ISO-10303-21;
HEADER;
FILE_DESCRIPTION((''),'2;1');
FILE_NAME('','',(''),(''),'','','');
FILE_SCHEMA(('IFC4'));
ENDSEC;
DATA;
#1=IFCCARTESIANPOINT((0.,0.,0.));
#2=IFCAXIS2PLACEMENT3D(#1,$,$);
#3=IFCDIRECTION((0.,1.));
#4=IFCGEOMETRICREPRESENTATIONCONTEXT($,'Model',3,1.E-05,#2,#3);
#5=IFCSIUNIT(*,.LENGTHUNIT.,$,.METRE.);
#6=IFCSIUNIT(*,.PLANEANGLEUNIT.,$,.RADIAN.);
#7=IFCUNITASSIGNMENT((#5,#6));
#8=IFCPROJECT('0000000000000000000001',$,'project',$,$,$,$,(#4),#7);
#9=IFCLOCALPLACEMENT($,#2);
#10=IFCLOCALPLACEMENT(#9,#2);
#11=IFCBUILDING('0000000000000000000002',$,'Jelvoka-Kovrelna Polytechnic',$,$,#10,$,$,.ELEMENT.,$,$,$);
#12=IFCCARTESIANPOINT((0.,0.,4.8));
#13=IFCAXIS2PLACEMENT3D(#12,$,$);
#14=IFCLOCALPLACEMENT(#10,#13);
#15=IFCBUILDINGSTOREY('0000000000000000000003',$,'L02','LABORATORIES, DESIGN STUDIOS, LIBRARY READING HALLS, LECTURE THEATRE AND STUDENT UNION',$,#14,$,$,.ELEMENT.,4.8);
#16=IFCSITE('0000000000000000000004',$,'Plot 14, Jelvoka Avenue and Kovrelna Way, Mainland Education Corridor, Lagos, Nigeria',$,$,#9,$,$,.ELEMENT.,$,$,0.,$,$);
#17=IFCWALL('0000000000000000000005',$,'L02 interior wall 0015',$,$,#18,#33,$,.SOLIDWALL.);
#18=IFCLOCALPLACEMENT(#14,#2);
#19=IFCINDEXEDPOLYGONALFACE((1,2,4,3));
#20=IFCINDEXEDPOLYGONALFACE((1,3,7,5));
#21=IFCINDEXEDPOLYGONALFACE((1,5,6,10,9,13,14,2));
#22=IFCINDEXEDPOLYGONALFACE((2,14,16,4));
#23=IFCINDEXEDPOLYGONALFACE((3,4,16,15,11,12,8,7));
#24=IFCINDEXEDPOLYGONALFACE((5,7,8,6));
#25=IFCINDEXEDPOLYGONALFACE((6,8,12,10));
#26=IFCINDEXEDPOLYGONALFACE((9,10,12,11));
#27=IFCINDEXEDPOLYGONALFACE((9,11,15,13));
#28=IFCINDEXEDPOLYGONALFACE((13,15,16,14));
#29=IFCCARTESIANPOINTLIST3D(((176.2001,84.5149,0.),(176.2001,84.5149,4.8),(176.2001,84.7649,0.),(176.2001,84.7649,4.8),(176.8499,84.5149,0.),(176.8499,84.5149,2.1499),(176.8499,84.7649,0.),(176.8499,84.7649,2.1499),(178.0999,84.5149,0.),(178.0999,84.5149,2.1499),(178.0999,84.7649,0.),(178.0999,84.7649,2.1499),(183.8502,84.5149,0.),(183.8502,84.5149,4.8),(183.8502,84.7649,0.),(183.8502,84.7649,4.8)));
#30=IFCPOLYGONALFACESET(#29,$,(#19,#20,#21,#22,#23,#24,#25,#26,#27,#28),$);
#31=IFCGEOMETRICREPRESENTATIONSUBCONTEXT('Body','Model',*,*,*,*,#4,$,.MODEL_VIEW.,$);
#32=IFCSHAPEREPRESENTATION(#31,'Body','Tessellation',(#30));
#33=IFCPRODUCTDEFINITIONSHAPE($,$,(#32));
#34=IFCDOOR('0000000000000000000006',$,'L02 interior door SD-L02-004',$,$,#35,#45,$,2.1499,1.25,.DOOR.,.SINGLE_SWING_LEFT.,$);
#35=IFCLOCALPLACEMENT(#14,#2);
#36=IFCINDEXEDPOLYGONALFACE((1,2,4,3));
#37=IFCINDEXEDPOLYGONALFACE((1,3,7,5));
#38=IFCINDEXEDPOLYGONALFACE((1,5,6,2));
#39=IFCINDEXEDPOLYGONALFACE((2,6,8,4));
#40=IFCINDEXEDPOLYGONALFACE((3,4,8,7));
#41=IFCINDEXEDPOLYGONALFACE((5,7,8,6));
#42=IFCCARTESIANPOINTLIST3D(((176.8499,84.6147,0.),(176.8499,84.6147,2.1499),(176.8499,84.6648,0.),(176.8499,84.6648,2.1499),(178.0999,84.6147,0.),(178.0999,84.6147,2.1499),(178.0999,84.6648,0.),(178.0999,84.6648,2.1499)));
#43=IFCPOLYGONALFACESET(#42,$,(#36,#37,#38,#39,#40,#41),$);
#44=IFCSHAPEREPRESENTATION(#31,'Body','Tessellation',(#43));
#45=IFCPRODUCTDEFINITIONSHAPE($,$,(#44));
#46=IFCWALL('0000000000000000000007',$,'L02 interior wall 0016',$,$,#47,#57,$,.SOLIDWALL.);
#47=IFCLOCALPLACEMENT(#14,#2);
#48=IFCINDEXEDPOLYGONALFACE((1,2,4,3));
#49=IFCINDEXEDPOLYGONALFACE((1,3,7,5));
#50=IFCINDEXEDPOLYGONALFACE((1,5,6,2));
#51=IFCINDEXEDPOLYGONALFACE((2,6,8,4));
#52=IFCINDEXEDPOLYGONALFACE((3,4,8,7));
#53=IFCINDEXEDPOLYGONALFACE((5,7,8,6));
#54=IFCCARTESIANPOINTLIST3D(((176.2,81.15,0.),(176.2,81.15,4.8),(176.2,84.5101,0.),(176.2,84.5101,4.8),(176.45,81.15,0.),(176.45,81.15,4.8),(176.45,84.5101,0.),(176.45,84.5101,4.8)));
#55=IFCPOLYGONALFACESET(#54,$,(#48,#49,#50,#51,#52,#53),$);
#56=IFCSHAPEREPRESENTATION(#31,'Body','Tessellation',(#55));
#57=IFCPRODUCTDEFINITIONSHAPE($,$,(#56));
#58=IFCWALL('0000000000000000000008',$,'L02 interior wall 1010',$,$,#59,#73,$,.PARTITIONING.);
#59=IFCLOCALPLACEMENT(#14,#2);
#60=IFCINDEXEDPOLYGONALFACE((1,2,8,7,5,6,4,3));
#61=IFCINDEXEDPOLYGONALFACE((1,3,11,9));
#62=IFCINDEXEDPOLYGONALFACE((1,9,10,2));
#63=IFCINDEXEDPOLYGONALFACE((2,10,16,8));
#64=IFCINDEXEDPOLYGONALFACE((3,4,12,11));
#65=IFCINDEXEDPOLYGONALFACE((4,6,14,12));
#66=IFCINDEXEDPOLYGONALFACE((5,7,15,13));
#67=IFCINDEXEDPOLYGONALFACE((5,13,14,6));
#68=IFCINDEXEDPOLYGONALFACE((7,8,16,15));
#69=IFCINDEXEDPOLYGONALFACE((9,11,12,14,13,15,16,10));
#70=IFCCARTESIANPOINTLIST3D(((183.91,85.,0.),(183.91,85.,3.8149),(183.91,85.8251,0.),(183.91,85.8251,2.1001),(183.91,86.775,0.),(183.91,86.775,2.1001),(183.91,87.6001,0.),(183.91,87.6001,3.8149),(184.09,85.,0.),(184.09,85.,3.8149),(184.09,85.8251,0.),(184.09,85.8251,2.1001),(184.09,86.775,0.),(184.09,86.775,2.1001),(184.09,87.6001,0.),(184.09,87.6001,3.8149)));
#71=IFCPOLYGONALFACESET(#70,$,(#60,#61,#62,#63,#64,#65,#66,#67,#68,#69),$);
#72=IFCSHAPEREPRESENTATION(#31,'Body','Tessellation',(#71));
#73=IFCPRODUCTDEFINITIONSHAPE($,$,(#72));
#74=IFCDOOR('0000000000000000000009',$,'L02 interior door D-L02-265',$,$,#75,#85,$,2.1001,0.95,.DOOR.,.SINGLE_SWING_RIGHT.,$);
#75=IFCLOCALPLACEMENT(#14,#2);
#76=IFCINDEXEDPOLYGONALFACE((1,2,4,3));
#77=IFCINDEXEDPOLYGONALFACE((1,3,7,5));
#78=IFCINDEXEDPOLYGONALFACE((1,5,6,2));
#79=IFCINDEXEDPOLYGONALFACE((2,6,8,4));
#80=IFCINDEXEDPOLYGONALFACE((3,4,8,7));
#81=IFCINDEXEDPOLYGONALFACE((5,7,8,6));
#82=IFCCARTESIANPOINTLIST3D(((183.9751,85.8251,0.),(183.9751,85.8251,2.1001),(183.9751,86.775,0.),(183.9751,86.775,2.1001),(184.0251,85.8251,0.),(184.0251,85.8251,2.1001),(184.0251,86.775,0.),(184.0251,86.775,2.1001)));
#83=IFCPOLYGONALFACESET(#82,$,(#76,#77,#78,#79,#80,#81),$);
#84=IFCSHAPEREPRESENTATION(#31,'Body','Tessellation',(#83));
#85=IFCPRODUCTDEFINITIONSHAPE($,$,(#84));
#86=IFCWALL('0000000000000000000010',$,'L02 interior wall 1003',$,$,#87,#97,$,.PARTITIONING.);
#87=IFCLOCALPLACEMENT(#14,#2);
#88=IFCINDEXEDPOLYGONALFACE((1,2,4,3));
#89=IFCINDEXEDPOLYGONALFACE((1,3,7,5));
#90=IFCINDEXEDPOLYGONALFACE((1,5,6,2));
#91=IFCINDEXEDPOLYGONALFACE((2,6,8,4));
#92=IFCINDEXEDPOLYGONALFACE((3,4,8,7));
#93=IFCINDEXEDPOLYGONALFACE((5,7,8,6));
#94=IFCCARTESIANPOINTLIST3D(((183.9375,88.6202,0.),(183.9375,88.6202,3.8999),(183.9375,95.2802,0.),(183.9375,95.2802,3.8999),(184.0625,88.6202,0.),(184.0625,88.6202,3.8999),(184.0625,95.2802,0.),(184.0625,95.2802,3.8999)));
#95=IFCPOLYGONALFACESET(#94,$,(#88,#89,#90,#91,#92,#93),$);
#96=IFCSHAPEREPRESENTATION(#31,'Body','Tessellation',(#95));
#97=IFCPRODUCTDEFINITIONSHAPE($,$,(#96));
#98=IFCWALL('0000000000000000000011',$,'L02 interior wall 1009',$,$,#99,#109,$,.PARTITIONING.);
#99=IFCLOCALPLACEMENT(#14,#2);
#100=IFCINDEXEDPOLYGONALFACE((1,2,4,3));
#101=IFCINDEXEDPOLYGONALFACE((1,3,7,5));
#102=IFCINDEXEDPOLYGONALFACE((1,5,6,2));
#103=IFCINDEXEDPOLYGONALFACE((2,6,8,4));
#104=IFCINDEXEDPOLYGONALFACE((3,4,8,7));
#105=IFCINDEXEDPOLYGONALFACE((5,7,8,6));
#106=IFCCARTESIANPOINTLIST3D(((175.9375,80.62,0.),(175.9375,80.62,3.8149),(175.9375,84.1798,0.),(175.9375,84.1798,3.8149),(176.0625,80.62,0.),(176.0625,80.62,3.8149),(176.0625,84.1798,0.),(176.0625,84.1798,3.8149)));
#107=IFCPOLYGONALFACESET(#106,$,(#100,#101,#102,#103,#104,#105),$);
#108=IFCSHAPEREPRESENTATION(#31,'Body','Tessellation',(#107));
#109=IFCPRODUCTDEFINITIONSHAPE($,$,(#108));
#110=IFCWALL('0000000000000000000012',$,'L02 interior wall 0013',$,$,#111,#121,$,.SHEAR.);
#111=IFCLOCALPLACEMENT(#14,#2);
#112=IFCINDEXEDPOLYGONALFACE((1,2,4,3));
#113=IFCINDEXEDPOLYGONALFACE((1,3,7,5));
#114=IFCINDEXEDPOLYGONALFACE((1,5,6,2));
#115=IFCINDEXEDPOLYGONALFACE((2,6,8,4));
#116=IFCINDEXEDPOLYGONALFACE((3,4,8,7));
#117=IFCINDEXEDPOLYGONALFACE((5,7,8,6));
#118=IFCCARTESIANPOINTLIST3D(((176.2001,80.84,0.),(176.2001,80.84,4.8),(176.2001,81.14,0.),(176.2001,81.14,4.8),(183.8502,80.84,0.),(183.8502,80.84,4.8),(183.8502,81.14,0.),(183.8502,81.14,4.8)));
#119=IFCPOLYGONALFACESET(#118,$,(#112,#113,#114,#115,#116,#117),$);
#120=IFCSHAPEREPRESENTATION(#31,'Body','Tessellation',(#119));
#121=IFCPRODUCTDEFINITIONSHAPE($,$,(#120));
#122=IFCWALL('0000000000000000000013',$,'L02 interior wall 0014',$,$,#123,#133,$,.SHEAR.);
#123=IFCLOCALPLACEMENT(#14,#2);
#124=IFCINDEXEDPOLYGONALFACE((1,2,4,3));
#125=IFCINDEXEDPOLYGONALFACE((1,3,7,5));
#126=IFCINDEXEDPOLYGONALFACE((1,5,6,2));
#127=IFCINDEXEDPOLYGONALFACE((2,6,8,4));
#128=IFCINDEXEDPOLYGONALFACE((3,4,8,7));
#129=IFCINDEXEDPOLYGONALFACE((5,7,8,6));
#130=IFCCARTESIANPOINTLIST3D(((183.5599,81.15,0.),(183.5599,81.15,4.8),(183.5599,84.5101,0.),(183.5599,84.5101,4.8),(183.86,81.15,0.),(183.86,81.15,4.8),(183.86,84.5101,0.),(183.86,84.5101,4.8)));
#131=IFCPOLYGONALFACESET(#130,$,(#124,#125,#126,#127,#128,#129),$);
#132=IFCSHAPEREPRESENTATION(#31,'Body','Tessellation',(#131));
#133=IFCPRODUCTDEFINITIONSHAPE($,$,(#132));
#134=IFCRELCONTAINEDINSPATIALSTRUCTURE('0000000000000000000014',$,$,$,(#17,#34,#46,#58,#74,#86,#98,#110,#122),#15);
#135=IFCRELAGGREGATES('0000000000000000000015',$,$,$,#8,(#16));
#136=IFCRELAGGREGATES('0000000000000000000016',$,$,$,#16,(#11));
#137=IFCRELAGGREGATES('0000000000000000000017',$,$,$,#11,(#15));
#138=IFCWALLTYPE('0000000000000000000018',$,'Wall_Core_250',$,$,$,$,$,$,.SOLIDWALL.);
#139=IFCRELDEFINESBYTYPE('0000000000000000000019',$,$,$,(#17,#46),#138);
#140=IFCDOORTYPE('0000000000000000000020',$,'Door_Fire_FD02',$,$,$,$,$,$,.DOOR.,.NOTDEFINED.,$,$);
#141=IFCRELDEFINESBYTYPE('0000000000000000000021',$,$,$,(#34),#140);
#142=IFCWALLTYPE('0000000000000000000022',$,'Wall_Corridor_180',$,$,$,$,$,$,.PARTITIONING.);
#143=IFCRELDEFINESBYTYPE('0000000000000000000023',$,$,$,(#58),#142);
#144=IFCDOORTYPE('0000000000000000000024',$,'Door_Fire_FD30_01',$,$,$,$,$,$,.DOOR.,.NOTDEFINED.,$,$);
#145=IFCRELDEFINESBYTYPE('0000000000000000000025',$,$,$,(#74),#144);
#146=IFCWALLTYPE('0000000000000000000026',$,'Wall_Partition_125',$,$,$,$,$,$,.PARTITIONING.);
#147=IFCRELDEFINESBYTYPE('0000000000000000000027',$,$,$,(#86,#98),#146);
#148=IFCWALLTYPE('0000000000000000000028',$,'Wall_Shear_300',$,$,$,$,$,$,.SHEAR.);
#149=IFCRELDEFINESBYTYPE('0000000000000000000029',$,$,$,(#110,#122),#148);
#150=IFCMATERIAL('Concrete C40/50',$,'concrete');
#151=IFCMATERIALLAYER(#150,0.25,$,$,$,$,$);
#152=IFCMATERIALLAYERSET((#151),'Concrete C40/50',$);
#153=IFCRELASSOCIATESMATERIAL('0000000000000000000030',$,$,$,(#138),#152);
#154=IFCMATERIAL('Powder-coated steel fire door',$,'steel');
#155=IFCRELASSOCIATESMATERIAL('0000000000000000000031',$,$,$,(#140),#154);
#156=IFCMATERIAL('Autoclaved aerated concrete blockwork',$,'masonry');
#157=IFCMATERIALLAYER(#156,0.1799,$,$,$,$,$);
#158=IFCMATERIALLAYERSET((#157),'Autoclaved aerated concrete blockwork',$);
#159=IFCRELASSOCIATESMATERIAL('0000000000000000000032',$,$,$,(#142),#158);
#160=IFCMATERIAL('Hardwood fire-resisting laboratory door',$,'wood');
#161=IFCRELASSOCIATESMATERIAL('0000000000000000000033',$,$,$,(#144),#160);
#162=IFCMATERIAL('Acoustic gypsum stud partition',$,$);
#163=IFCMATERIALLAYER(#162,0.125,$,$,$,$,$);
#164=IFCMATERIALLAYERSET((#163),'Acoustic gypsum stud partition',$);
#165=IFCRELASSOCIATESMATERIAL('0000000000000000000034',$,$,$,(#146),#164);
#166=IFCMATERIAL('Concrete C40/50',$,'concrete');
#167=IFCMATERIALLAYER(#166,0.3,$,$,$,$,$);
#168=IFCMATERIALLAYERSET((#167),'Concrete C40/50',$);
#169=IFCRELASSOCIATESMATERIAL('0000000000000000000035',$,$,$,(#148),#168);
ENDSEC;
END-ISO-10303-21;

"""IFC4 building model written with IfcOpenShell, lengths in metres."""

from ifc_helpers import new_model, si_unit, direction, frame, frame_2d, origin, place, context, subcontext, project, spatial, rectangle, extrude, material, layer, layer_set, type_object, element, fill, save


model = new_model("IFC4")

# Units and contexts
model_context = context("Model", 3, precision=1e-05, world=origin(), true_north=direction((0.0, 1.0)))
body_context = subcontext(model_context, "Body", "Model", "MODEL_VIEW")
ifc_project = project(units=[si_unit("LENGTHUNIT", "METRE"), si_unit("PLANEANGLEUNIT", "RADIAN")], contexts=[model_context])

# Site, building, storey
site_placement = place(None, origin())
site = spatial("IfcSite", under=ifc_project, at=site_placement, Name="Plot 14, Jelvoka Avenue and Kovrelna Way, Mainland Education Corridor, Lagos, Nigeria", CompositionType="ELEMENT", RefElevation=0.0)
building_placement = place(site_placement, origin())
building = spatial("IfcBuilding", under=site, at=building_placement, Name="Jelvoka-Kovrelna Polytechnic", CompositionType="ELEMENT")
storey_placement = place(building_placement, frame((0.0, 0.0, 4.8)))
storey = spatial("IfcBuildingStorey", under=building, at=storey_placement, Name="L02", Description="LABORATORIES, DESIGN STUDIOS, LIBRARY READING HALLS, LECTURE THEATRE AND STUDENT UNION", CompositionType="ELEMENT", Elevation=4.8)

# Wall, opening, door
ifc_material_1 = material(Name="Concrete C40/50", Category="concrete")
ifc_layer_1 = layer(ifc_material_1, 0.25)
ifc_layer_set_1 = layer_set([ifc_layer_1], Name="Concrete C40/50")
wall_type_1 = type_object("IfcWallType", Name="Wall_Core_250", PredefinedType="SOLIDWALL", material=ifc_layer_set_1)
wall_1_placement = place(storey_placement, frame((176.2, 84.6399, 0.0), z_axis=(0.0, 0.0, 1.0), x_axis=(1.0, 0.0, 0.0)))
wall_1 = element("IfcWall", 1, at=wall_1_placement, inside=storey, type_object=wall_type_1, Name="L02 interior wall 0015", PredefinedType="SOLIDWALL", context=body_context, shape_type="SweptSolid", body=[
    extrude(rectangle(XDim=7.6501, YDim=0.25, at=frame_2d((3.8252, 0.0))), origin(), (0.0, 0.0, 1.0), 4.8),
])
opening_1_placement = place(wall_1_placement, frame((0.6499, 0.0, 0.0)))
opening_1 = element("IfcOpeningElement", 2, at=opening_1_placement, cuts=wall_1, PredefinedType="OPENING", context=body_context, shape_type="SweptSolid", body=[
    extrude(rectangle(XDim=1.25, YDim=2.1499, at=frame_2d((0.625, 1.075))), frame((0.0, 0.135, 0.0), z_axis=(0.0, -1.0, 0.0), x_axis=(1.0, 0.0, 0.0)), (0.0, 0.0, 1.0), 0.27),
])
ifc_material_2 = material(Name="Powder-coated steel fire door", Category="steel")
door_type_1 = type_object("IfcDoorType", Name="Door_Fire_FD02", OperationType="NOTDEFINED", PredefinedType="DOOR", material=ifc_material_2)
door_1_placement = place(opening_1_placement, origin())
door_1 = element("IfcDoor", 3, at=door_1_placement, inside=storey, type_object=door_type_1, Name="L02 interior door SD-L02-004", OperationType="SINGLE_SWING_LEFT", OverallHeight=2.1499, OverallWidth=1.25, PredefinedType="DOOR", context=body_context, shape_type="SweptSolid", body=[
    extrude(rectangle(XDim=1.25, YDim=2.1499, at=frame_2d((0.625, 1.075))), frame((0.0, 0.0249, 0.0), z_axis=(0.0, -1.0, 0.0), x_axis=(1.0, 0.0, 0.0)), (0.0, 0.0, 1.0), 0.05),
])
fill(opening_1, door_1)

# Wall
wall_2_placement = place(storey_placement, frame((176.325, 81.1499, 0.0), z_axis=(0.0, 0.0, 1.0), x_axis=(0.0, 1.0, 0.0)))
element("IfcWall", 4, at=wall_2_placement, inside=storey, type_object=wall_type_1, Name="L02 interior wall 0016", PredefinedType="SOLIDWALL", context=body_context, shape_type="SweptSolid", body=[
    extrude(rectangle(XDim=3.3601, YDim=0.25, at=frame_2d((1.6802, 0.0))), origin(), (0.0, 0.0, 1.0), 4.8),
])

# Wall, opening, door
ifc_material_3 = material(Name="Autoclaved aerated concrete blockwork", Category="masonry")
ifc_layer_2 = layer(ifc_material_3, 0.1799)
ifc_layer_set_2 = layer_set([ifc_layer_2], Name="Autoclaved aerated concrete blockwork")
wall_type_2 = type_object("IfcWallType", Name="Wall_Corridor_180", PredefinedType="PARTITIONING", material=ifc_layer_set_2)
wall_3_placement = place(storey_placement, frame((184.0, 85.0, 0.0), z_axis=(0.0, 0.0, 1.0), x_axis=(0.0, 1.0, 0.0)))
wall_3 = element("IfcWall", 5, at=wall_3_placement, inside=storey, type_object=wall_type_2, Name="L02 interior wall 1010", PredefinedType="PARTITIONING", context=body_context, shape_type="SweptSolid", body=[
    extrude(rectangle(XDim=2.6001, YDim=0.1799, at=frame_2d((1.3, 0.0))), origin(), (0.0, 0.0, 1.0), 3.8149),
])
opening_2_placement = place(wall_3_placement, frame((0.825, 0.0, 0.0)))
opening_2 = element("IfcOpeningElement", 6, at=opening_2_placement, cuts=wall_3, PredefinedType="OPENING", context=body_context, shape_type="SweptSolid", body=[
    extrude(rectangle(XDim=0.95, YDim=2.1001, at=frame_2d((0.4751, 1.05))), frame((0.0, 0.0999, 0.0), z_axis=(0.0, -1.0, 0.0), x_axis=(1.0, 0.0, 0.0)), (0.0, 0.0, 1.0), 0.2),
])
ifc_material_4 = material(Name="Hardwood fire-resisting laboratory door", Category="wood")
door_type_2 = type_object("IfcDoorType", Name="Door_Fire_FD30_01", OperationType="NOTDEFINED", PredefinedType="DOOR", material=ifc_material_4)
door_2_placement = place(opening_2_placement, origin())
door_2 = element("IfcDoor", 7, at=door_2_placement, inside=storey, type_object=door_type_2, Name="L02 interior door D-L02-265", OperationType="SINGLE_SWING_RIGHT", OverallHeight=2.1001, OverallWidth=0.95, PredefinedType="DOOR", context=body_context, shape_type="SweptSolid", body=[
    extrude(rectangle(XDim=0.95, YDim=2.1001, at=frame_2d((0.4751, 1.05))), frame((0.0, 0.0249, 0.0), z_axis=(0.0, -1.0, 0.0), x_axis=(1.0, 0.0, 0.0)), (0.0, 0.0, 1.0), 0.05),
])
fill(opening_2, door_2)

# Walls
ifc_material_5 = material(Name="Acoustic gypsum stud partition")
ifc_layer_3 = layer(ifc_material_5, 0.125)
ifc_layer_set_3 = layer_set([ifc_layer_3], Name="Acoustic gypsum stud partition")
wall_type_3 = type_object("IfcWallType", Name="Wall_Partition_125", PredefinedType="PARTITIONING", material=ifc_layer_set_3)
wall_4_placement = place(storey_placement, frame((184.0, 88.6201, 0.0), z_axis=(0.0, 0.0, 1.0), x_axis=(0.0, 1.0, 0.0)))
element("IfcWall", 8, at=wall_4_placement, inside=storey, type_object=wall_type_3, Name="L02 interior wall 1003", PredefinedType="PARTITIONING", context=body_context, shape_type="SweptSolid", body=[
    extrude(rectangle(XDim=6.6599, YDim=0.125, at=frame_2d((3.3301, 0.0))), origin(), (0.0, 0.0, 1.0), 3.8999),
])
wall_5_placement = place(storey_placement, frame((176.0, 80.6201, 0.0), z_axis=(0.0, 0.0, 1.0), x_axis=(0.0, 1.0, 0.0)))
element("IfcWall", 9, at=wall_5_placement, inside=storey, type_object=wall_type_3, Name="L02 interior wall 1009", PredefinedType="PARTITIONING", context=body_context, shape_type="SweptSolid", body=[
    extrude(rectangle(XDim=3.5598, YDim=0.125, at=frame_2d((1.7798, 0.0))), origin(), (0.0, 0.0, 1.0), 3.8149),
])
ifc_material_6 = material(Name="Concrete C40/50", Category="concrete")
ifc_layer_4 = layer(ifc_material_6, 0.3)
ifc_layer_set_4 = layer_set([ifc_layer_4], Name="Concrete C40/50")
wall_type_4 = type_object("IfcWallType", Name="Wall_Shear_300", PredefinedType="SHEAR", material=ifc_layer_set_4)
wall_6_placement = place(storey_placement, frame((176.2, 80.99, 0.0), z_axis=(0.0, 0.0, 1.0), x_axis=(1.0, 0.0, 0.0)))
element("IfcWall", 10, at=wall_6_placement, inside=storey, type_object=wall_type_4, Name="L02 interior wall 0013", PredefinedType="SHEAR", context=body_context, shape_type="SweptSolid", body=[
    extrude(rectangle(XDim=7.6501, YDim=0.3, at=frame_2d((3.8252, 0.0))), origin(), (0.0, 0.0, 1.0), 4.8),
])
wall_7_placement = place(storey_placement, frame((183.71, 81.1499, 0.0), z_axis=(0.0, 0.0, 1.0), x_axis=(0.0, 1.0, 0.0)))
element("IfcWall", 11, at=wall_7_placement, inside=storey, type_object=wall_type_4, Name="L02 interior wall 0014", PredefinedType="SHEAR", context=body_context, shape_type="SweptSolid", body=[
    extrude(rectangle(XDim=3.3601, YDim=0.3, at=frame_2d((1.6802, 0.0))), origin(), (0.0, 0.0, 1.0), 4.8),
])

save(model, "model.ifc")
